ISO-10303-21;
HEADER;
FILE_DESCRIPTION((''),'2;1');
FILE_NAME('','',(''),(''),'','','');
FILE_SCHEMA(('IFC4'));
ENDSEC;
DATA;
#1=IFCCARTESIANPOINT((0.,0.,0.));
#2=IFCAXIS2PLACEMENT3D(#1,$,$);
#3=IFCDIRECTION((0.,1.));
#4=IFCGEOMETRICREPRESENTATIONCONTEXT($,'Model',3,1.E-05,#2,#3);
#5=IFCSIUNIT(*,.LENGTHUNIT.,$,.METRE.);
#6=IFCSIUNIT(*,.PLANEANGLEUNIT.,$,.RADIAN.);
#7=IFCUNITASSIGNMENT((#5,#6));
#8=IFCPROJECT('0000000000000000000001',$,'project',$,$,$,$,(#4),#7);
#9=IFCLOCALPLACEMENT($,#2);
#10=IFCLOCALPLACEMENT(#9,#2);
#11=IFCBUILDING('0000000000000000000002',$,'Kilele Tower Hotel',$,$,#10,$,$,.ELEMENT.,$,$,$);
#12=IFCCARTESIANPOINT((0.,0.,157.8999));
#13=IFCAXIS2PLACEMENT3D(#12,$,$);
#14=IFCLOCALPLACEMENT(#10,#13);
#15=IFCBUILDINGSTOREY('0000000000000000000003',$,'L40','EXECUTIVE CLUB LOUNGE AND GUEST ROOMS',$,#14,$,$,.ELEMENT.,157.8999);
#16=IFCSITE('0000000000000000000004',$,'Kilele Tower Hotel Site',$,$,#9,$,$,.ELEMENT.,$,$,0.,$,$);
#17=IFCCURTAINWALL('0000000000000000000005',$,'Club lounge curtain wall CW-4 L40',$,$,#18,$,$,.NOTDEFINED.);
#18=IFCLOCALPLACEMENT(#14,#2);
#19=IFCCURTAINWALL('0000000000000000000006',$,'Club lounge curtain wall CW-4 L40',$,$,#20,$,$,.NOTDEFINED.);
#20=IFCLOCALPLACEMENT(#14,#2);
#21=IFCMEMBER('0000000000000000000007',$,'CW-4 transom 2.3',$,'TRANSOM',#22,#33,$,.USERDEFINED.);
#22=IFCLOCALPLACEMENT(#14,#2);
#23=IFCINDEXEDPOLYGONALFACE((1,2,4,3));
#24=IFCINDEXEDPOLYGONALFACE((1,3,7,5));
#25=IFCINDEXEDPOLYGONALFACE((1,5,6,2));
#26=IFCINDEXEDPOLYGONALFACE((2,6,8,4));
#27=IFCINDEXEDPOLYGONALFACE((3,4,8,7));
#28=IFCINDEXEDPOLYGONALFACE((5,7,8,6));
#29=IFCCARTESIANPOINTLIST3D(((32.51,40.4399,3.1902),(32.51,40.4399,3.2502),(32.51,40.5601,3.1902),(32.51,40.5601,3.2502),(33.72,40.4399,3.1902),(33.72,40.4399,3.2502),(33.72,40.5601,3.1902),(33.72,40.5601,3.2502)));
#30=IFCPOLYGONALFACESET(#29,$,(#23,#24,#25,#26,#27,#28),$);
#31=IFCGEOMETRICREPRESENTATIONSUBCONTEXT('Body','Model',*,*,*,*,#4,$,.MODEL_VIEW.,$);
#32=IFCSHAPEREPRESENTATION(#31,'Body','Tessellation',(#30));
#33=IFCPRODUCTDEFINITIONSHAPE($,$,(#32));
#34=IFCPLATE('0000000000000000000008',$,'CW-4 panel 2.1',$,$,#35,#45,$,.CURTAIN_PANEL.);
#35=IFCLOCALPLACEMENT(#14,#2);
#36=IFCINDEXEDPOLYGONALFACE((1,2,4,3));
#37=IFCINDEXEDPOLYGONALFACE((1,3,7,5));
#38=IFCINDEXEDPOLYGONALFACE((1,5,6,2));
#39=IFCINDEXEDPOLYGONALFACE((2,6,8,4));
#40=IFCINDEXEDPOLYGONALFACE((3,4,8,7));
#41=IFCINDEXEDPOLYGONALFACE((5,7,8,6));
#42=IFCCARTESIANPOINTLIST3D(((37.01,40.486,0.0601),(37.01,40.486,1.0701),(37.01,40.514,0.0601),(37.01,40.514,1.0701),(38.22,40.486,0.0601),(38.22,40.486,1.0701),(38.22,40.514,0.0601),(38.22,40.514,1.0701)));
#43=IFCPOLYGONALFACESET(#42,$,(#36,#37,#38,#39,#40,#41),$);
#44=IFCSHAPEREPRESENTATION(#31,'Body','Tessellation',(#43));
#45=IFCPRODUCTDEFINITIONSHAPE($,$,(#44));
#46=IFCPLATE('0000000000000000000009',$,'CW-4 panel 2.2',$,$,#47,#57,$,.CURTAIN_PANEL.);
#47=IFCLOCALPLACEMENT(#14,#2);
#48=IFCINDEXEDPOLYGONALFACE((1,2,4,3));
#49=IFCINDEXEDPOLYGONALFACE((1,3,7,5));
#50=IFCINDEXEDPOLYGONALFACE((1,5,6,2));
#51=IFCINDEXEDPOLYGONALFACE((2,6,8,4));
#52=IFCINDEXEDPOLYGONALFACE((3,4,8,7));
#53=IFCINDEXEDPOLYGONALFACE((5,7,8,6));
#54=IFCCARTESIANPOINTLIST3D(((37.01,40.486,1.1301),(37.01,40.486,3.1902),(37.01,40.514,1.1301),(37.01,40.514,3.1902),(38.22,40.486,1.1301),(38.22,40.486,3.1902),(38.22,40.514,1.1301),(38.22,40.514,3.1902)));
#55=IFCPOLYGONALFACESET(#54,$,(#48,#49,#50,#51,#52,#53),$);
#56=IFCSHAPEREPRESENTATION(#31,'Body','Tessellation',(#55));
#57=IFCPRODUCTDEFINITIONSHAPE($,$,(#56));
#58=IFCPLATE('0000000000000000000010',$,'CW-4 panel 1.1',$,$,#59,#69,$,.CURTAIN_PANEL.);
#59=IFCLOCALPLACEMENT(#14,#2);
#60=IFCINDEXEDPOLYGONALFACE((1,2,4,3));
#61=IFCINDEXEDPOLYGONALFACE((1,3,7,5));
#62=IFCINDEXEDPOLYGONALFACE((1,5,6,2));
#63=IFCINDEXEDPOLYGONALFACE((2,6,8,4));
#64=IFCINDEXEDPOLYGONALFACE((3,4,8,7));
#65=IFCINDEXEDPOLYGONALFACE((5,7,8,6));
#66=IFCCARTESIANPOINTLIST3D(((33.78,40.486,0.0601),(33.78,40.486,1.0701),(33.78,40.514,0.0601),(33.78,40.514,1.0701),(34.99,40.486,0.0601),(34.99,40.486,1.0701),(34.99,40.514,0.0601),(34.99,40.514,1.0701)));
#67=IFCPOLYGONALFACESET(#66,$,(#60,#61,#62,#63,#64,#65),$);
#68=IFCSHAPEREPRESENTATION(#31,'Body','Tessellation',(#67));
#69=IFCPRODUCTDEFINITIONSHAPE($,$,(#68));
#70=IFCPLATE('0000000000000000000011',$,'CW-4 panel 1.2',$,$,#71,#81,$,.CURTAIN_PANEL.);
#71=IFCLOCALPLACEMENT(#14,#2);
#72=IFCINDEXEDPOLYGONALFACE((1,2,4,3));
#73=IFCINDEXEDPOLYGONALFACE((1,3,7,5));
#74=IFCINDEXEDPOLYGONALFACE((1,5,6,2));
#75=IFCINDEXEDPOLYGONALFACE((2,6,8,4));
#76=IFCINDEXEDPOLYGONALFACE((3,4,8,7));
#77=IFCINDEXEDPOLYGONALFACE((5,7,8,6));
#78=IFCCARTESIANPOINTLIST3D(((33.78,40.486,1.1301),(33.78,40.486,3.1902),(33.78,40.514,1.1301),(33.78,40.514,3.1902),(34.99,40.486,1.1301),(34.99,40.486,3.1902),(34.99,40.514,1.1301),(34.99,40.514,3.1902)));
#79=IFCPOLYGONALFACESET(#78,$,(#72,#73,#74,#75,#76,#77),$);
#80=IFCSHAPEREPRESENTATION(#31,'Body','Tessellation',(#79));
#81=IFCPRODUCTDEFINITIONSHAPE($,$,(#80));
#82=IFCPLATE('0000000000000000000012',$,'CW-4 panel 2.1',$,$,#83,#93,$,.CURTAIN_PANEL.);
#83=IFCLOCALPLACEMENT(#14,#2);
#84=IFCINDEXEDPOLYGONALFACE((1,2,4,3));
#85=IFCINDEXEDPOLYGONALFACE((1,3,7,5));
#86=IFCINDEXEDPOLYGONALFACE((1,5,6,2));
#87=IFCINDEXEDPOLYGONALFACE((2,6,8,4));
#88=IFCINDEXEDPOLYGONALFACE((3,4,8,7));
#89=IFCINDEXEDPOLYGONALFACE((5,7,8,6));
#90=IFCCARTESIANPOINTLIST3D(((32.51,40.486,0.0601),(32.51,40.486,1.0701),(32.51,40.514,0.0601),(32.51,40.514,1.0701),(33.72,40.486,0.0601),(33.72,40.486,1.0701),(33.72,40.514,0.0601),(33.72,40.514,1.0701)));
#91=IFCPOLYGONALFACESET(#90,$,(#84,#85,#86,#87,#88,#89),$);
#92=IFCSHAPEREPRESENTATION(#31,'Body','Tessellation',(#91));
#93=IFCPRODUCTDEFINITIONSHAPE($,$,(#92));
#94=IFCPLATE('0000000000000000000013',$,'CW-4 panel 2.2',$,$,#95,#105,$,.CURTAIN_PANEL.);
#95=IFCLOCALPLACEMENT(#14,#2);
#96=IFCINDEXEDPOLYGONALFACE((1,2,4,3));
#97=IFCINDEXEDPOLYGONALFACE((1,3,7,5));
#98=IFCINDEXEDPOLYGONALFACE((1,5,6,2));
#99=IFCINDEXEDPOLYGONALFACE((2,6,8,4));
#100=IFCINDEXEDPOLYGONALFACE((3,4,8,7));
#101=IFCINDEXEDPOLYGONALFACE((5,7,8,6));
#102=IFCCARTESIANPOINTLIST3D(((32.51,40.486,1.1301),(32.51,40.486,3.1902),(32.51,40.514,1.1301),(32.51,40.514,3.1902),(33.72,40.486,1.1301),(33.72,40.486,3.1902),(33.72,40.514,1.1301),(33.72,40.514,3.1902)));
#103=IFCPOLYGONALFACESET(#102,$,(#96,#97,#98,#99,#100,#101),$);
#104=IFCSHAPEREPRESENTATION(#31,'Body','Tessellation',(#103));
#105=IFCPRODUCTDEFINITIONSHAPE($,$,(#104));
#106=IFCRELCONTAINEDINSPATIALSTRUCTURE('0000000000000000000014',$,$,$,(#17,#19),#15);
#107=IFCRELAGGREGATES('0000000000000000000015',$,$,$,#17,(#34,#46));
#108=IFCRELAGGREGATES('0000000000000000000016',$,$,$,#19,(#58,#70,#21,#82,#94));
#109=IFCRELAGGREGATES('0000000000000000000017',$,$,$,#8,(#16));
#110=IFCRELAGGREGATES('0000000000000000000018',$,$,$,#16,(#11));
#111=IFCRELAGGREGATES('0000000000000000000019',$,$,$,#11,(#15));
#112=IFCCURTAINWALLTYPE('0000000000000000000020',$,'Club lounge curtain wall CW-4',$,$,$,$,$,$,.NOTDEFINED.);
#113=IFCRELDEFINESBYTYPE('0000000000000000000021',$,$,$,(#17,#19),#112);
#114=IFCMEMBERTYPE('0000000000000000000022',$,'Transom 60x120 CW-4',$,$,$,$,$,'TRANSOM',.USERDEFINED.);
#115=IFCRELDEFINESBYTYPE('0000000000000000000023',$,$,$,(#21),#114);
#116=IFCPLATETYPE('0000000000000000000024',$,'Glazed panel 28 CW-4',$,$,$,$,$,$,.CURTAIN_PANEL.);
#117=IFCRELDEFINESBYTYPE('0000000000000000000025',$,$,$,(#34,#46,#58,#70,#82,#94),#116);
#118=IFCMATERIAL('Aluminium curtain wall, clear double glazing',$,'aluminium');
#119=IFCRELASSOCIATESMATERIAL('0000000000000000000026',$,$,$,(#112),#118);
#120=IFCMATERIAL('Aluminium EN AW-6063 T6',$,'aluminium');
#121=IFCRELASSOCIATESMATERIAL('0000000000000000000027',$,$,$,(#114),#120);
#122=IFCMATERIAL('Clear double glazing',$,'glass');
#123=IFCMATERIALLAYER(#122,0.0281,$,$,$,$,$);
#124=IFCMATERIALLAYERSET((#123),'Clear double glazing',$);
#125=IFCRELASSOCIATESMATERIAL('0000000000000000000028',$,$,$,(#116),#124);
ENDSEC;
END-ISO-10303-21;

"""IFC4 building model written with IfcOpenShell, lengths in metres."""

from ifc_helpers import new_model, si_unit, direction, frame, origin, origin_2d, place, context, subcontext, project, spatial, rectangle, extrude, material, layer, layer_set, material_profile, profile_set, type_object, element, aggregate, save


model = new_model("IFC4")

# Units and contexts
model_context = context("Model", 3, precision=1e-05, world=origin(), true_north=direction((0.0, 1.0)))
body_context = subcontext(model_context, "Body", "Model", "MODEL_VIEW")
ifc_project = project(units=[si_unit("LENGTHUNIT", "METRE"), si_unit("PLANEANGLEUNIT", "RADIAN")], contexts=[model_context])

# Site, building, storey
site_placement = place(None, origin())
site = spatial("IfcSite", under=ifc_project, at=site_placement, Name="Kilele Tower Hotel Site", CompositionType="ELEMENT", RefElevation=0.0)
building_placement = place(site_placement, origin())
building = spatial("IfcBuilding", under=site, at=building_placement, Name="Kilele Tower Hotel", CompositionType="ELEMENT")
storey_placement = place(building_placement, frame((0.0, 0.0, 157.8999)))
storey = spatial("IfcBuildingStorey", under=building, at=storey_placement, Name="L40", Description="EXECUTIVE CLUB LOUNGE AND GUEST ROOMS", CompositionType="ELEMENT", Elevation=157.8999)

# Curtain wall
ifc_material_1 = material(Name="Aluminium curtain wall, clear double glazing", Category="aluminium")
curtain_wall_type = type_object("IfcCurtainWallType", Name="Club lounge curtain wall CW-4", PredefinedType="NOTDEFINED", material=ifc_material_1)
curtain_wall_1_placement = place(storey_placement, origin())
curtain_wall_1 = element("IfcCurtainWall", 1, at=curtain_wall_1_placement, inside=storey, type_object=curtain_wall_type, Name="Club lounge curtain wall CW-4 L40", PredefinedType="NOTDEFINED")

# Curtain wall
curtain_wall_2_placement = place(storey_placement, origin())
curtain_wall_2 = element("IfcCurtainWall", 2, at=curtain_wall_2_placement, inside=storey, type_object=curtain_wall_type, Name="Club lounge curtain wall CW-4 L40", PredefinedType="NOTDEFINED")

# Member
ifc_material_2 = material(Name="Aluminium EN AW-6063 T6", Category="aluminium")
ifc_material_profile_1 = material_profile(ifc_material_2, rectangle(XDim=0.1201, YDim=0.0601, at=origin_2d()))
ifc_profile_set_1 = profile_set([ifc_material_profile_1], Name="Aluminium EN AW-6063 T6")
member_type_1 = type_object("IfcMemberType", Name="Transom 60x120 CW-4", ElementType="TRANSOM", PredefinedType="USERDEFINED", material=ifc_profile_set_1)
member_1_placement = place(storey_placement, frame((33.72, 40.5, 3.2202), z_axis=(-1.0, 0.0, 0.0), x_axis=(0.0, -1.0, 0.0)))
member_1 = element("IfcMember", 3, at=member_1_placement, type_object=member_type_1, Name="CW-4 transom 2.3", ObjectType="TRANSOM", PredefinedType="USERDEFINED", context=body_context, shape_type="SweptSolid", body=[
    extrude(rectangle(XDim=0.1201, YDim=0.0601, at=origin_2d()), origin(), (0.0, 0.0, 1.0), 1.21),
])

# Plates
ifc_material_3 = material(Name="Clear double glazing", Category="glass")
ifc_layer = layer(ifc_material_3, 0.0281)
ifc_layer_set = layer_set([ifc_layer], Name="Clear double glazing")
plate_type = type_object("IfcPlateType", Name="Glazed panel 28 CW-4", PredefinedType="CURTAIN_PANEL", material=ifc_layer_set)
plate_1_placement = place(storey_placement, frame((37.615, 40.5, 0.0601), z_axis=(0.0, 0.0, 1.0), x_axis=(-1.0, 0.0, 0.0)))
plate_1 = element("IfcPlate", 4, at=plate_1_placement, type_object=plate_type, Name="CW-4 panel 2.1", PredefinedType="CURTAIN_PANEL", context=body_context, shape_type="SweptSolid", body=[
    extrude(rectangle(XDim=1.21, YDim=0.0281, at=origin_2d()), origin(), (0.0, 0.0, 1.0), 1.01),
])
plate_2_placement = place(storey_placement, frame((37.615, 40.5, 1.1301), z_axis=(0.0, 0.0, 1.0), x_axis=(-1.0, 0.0, 0.0)))
plate_2 = element("IfcPlate", 5, at=plate_2_placement, type_object=plate_type, Name="CW-4 panel 2.2", PredefinedType="CURTAIN_PANEL", context=body_context, shape_type="SweptSolid", body=[
    extrude(rectangle(XDim=1.21, YDim=0.0281, at=origin_2d()), origin(), (0.0, 0.0, 1.0), 2.0601),
])
aggregate(curtain_wall_1, [plate_1, plate_2])
plate_3_placement = place(storey_placement, frame((34.385, 40.5, 0.0601), z_axis=(0.0, 0.0, 1.0), x_axis=(-1.0, 0.0, 0.0)))
plate_3 = element("IfcPlate", 6, at=plate_3_placement, type_object=plate_type, Name="CW-4 panel 1.1", PredefinedType="CURTAIN_PANEL", context=body_context, shape_type="SweptSolid", body=[
    extrude(rectangle(XDim=1.21, YDim=0.0281, at=origin_2d()), origin(), (0.0, 0.0, 1.0), 1.01),
])
plate_4_placement = place(storey_placement, frame((34.385, 40.5, 1.1301), z_axis=(0.0, 0.0, 1.0), x_axis=(-1.0, 0.0, 0.0)))
plate_4 = element("IfcPlate", 7, at=plate_4_placement, type_object=plate_type, Name="CW-4 panel 1.2", PredefinedType="CURTAIN_PANEL", context=body_context, shape_type="SweptSolid", body=[
    extrude(rectangle(XDim=1.21, YDim=0.0281, at=origin_2d()), origin(), (0.0, 0.0, 1.0), 2.0601),
])
plate_5_placement = place(storey_placement, frame((33.115, 40.5, 0.0601), z_axis=(0.0, 0.0, 1.0), x_axis=(-1.0, 0.0, 0.0)))
plate_5 = element("IfcPlate", 8, at=plate_5_placement, type_object=plate_type, Name="CW-4 panel 2.1", PredefinedType="CURTAIN_PANEL", context=body_context, shape_type="SweptSolid", body=[
    extrude(rectangle(XDim=1.21, YDim=0.0281, at=origin_2d()), origin(), (0.0, 0.0, 1.0), 1.01),
])
plate_6_placement = place(storey_placement, frame((33.115, 40.5, 1.1301), z_axis=(0.0, 0.0, 1.0), x_axis=(-1.0, 0.0, 0.0)))
plate_6 = element("IfcPlate", 9, at=plate_6_placement, type_object=plate_type, Name="CW-4 panel 2.2", PredefinedType="CURTAIN_PANEL", context=body_context, shape_type="SweptSolid", body=[
    extrude(rectangle(XDim=1.21, YDim=0.0281, at=origin_2d()), origin(), (0.0, 0.0, 1.0), 2.0601),
])
aggregate(curtain_wall_2, [plate_3, plate_4, member_1, plate_5, plate_6])

save(model, "model.ifc")
